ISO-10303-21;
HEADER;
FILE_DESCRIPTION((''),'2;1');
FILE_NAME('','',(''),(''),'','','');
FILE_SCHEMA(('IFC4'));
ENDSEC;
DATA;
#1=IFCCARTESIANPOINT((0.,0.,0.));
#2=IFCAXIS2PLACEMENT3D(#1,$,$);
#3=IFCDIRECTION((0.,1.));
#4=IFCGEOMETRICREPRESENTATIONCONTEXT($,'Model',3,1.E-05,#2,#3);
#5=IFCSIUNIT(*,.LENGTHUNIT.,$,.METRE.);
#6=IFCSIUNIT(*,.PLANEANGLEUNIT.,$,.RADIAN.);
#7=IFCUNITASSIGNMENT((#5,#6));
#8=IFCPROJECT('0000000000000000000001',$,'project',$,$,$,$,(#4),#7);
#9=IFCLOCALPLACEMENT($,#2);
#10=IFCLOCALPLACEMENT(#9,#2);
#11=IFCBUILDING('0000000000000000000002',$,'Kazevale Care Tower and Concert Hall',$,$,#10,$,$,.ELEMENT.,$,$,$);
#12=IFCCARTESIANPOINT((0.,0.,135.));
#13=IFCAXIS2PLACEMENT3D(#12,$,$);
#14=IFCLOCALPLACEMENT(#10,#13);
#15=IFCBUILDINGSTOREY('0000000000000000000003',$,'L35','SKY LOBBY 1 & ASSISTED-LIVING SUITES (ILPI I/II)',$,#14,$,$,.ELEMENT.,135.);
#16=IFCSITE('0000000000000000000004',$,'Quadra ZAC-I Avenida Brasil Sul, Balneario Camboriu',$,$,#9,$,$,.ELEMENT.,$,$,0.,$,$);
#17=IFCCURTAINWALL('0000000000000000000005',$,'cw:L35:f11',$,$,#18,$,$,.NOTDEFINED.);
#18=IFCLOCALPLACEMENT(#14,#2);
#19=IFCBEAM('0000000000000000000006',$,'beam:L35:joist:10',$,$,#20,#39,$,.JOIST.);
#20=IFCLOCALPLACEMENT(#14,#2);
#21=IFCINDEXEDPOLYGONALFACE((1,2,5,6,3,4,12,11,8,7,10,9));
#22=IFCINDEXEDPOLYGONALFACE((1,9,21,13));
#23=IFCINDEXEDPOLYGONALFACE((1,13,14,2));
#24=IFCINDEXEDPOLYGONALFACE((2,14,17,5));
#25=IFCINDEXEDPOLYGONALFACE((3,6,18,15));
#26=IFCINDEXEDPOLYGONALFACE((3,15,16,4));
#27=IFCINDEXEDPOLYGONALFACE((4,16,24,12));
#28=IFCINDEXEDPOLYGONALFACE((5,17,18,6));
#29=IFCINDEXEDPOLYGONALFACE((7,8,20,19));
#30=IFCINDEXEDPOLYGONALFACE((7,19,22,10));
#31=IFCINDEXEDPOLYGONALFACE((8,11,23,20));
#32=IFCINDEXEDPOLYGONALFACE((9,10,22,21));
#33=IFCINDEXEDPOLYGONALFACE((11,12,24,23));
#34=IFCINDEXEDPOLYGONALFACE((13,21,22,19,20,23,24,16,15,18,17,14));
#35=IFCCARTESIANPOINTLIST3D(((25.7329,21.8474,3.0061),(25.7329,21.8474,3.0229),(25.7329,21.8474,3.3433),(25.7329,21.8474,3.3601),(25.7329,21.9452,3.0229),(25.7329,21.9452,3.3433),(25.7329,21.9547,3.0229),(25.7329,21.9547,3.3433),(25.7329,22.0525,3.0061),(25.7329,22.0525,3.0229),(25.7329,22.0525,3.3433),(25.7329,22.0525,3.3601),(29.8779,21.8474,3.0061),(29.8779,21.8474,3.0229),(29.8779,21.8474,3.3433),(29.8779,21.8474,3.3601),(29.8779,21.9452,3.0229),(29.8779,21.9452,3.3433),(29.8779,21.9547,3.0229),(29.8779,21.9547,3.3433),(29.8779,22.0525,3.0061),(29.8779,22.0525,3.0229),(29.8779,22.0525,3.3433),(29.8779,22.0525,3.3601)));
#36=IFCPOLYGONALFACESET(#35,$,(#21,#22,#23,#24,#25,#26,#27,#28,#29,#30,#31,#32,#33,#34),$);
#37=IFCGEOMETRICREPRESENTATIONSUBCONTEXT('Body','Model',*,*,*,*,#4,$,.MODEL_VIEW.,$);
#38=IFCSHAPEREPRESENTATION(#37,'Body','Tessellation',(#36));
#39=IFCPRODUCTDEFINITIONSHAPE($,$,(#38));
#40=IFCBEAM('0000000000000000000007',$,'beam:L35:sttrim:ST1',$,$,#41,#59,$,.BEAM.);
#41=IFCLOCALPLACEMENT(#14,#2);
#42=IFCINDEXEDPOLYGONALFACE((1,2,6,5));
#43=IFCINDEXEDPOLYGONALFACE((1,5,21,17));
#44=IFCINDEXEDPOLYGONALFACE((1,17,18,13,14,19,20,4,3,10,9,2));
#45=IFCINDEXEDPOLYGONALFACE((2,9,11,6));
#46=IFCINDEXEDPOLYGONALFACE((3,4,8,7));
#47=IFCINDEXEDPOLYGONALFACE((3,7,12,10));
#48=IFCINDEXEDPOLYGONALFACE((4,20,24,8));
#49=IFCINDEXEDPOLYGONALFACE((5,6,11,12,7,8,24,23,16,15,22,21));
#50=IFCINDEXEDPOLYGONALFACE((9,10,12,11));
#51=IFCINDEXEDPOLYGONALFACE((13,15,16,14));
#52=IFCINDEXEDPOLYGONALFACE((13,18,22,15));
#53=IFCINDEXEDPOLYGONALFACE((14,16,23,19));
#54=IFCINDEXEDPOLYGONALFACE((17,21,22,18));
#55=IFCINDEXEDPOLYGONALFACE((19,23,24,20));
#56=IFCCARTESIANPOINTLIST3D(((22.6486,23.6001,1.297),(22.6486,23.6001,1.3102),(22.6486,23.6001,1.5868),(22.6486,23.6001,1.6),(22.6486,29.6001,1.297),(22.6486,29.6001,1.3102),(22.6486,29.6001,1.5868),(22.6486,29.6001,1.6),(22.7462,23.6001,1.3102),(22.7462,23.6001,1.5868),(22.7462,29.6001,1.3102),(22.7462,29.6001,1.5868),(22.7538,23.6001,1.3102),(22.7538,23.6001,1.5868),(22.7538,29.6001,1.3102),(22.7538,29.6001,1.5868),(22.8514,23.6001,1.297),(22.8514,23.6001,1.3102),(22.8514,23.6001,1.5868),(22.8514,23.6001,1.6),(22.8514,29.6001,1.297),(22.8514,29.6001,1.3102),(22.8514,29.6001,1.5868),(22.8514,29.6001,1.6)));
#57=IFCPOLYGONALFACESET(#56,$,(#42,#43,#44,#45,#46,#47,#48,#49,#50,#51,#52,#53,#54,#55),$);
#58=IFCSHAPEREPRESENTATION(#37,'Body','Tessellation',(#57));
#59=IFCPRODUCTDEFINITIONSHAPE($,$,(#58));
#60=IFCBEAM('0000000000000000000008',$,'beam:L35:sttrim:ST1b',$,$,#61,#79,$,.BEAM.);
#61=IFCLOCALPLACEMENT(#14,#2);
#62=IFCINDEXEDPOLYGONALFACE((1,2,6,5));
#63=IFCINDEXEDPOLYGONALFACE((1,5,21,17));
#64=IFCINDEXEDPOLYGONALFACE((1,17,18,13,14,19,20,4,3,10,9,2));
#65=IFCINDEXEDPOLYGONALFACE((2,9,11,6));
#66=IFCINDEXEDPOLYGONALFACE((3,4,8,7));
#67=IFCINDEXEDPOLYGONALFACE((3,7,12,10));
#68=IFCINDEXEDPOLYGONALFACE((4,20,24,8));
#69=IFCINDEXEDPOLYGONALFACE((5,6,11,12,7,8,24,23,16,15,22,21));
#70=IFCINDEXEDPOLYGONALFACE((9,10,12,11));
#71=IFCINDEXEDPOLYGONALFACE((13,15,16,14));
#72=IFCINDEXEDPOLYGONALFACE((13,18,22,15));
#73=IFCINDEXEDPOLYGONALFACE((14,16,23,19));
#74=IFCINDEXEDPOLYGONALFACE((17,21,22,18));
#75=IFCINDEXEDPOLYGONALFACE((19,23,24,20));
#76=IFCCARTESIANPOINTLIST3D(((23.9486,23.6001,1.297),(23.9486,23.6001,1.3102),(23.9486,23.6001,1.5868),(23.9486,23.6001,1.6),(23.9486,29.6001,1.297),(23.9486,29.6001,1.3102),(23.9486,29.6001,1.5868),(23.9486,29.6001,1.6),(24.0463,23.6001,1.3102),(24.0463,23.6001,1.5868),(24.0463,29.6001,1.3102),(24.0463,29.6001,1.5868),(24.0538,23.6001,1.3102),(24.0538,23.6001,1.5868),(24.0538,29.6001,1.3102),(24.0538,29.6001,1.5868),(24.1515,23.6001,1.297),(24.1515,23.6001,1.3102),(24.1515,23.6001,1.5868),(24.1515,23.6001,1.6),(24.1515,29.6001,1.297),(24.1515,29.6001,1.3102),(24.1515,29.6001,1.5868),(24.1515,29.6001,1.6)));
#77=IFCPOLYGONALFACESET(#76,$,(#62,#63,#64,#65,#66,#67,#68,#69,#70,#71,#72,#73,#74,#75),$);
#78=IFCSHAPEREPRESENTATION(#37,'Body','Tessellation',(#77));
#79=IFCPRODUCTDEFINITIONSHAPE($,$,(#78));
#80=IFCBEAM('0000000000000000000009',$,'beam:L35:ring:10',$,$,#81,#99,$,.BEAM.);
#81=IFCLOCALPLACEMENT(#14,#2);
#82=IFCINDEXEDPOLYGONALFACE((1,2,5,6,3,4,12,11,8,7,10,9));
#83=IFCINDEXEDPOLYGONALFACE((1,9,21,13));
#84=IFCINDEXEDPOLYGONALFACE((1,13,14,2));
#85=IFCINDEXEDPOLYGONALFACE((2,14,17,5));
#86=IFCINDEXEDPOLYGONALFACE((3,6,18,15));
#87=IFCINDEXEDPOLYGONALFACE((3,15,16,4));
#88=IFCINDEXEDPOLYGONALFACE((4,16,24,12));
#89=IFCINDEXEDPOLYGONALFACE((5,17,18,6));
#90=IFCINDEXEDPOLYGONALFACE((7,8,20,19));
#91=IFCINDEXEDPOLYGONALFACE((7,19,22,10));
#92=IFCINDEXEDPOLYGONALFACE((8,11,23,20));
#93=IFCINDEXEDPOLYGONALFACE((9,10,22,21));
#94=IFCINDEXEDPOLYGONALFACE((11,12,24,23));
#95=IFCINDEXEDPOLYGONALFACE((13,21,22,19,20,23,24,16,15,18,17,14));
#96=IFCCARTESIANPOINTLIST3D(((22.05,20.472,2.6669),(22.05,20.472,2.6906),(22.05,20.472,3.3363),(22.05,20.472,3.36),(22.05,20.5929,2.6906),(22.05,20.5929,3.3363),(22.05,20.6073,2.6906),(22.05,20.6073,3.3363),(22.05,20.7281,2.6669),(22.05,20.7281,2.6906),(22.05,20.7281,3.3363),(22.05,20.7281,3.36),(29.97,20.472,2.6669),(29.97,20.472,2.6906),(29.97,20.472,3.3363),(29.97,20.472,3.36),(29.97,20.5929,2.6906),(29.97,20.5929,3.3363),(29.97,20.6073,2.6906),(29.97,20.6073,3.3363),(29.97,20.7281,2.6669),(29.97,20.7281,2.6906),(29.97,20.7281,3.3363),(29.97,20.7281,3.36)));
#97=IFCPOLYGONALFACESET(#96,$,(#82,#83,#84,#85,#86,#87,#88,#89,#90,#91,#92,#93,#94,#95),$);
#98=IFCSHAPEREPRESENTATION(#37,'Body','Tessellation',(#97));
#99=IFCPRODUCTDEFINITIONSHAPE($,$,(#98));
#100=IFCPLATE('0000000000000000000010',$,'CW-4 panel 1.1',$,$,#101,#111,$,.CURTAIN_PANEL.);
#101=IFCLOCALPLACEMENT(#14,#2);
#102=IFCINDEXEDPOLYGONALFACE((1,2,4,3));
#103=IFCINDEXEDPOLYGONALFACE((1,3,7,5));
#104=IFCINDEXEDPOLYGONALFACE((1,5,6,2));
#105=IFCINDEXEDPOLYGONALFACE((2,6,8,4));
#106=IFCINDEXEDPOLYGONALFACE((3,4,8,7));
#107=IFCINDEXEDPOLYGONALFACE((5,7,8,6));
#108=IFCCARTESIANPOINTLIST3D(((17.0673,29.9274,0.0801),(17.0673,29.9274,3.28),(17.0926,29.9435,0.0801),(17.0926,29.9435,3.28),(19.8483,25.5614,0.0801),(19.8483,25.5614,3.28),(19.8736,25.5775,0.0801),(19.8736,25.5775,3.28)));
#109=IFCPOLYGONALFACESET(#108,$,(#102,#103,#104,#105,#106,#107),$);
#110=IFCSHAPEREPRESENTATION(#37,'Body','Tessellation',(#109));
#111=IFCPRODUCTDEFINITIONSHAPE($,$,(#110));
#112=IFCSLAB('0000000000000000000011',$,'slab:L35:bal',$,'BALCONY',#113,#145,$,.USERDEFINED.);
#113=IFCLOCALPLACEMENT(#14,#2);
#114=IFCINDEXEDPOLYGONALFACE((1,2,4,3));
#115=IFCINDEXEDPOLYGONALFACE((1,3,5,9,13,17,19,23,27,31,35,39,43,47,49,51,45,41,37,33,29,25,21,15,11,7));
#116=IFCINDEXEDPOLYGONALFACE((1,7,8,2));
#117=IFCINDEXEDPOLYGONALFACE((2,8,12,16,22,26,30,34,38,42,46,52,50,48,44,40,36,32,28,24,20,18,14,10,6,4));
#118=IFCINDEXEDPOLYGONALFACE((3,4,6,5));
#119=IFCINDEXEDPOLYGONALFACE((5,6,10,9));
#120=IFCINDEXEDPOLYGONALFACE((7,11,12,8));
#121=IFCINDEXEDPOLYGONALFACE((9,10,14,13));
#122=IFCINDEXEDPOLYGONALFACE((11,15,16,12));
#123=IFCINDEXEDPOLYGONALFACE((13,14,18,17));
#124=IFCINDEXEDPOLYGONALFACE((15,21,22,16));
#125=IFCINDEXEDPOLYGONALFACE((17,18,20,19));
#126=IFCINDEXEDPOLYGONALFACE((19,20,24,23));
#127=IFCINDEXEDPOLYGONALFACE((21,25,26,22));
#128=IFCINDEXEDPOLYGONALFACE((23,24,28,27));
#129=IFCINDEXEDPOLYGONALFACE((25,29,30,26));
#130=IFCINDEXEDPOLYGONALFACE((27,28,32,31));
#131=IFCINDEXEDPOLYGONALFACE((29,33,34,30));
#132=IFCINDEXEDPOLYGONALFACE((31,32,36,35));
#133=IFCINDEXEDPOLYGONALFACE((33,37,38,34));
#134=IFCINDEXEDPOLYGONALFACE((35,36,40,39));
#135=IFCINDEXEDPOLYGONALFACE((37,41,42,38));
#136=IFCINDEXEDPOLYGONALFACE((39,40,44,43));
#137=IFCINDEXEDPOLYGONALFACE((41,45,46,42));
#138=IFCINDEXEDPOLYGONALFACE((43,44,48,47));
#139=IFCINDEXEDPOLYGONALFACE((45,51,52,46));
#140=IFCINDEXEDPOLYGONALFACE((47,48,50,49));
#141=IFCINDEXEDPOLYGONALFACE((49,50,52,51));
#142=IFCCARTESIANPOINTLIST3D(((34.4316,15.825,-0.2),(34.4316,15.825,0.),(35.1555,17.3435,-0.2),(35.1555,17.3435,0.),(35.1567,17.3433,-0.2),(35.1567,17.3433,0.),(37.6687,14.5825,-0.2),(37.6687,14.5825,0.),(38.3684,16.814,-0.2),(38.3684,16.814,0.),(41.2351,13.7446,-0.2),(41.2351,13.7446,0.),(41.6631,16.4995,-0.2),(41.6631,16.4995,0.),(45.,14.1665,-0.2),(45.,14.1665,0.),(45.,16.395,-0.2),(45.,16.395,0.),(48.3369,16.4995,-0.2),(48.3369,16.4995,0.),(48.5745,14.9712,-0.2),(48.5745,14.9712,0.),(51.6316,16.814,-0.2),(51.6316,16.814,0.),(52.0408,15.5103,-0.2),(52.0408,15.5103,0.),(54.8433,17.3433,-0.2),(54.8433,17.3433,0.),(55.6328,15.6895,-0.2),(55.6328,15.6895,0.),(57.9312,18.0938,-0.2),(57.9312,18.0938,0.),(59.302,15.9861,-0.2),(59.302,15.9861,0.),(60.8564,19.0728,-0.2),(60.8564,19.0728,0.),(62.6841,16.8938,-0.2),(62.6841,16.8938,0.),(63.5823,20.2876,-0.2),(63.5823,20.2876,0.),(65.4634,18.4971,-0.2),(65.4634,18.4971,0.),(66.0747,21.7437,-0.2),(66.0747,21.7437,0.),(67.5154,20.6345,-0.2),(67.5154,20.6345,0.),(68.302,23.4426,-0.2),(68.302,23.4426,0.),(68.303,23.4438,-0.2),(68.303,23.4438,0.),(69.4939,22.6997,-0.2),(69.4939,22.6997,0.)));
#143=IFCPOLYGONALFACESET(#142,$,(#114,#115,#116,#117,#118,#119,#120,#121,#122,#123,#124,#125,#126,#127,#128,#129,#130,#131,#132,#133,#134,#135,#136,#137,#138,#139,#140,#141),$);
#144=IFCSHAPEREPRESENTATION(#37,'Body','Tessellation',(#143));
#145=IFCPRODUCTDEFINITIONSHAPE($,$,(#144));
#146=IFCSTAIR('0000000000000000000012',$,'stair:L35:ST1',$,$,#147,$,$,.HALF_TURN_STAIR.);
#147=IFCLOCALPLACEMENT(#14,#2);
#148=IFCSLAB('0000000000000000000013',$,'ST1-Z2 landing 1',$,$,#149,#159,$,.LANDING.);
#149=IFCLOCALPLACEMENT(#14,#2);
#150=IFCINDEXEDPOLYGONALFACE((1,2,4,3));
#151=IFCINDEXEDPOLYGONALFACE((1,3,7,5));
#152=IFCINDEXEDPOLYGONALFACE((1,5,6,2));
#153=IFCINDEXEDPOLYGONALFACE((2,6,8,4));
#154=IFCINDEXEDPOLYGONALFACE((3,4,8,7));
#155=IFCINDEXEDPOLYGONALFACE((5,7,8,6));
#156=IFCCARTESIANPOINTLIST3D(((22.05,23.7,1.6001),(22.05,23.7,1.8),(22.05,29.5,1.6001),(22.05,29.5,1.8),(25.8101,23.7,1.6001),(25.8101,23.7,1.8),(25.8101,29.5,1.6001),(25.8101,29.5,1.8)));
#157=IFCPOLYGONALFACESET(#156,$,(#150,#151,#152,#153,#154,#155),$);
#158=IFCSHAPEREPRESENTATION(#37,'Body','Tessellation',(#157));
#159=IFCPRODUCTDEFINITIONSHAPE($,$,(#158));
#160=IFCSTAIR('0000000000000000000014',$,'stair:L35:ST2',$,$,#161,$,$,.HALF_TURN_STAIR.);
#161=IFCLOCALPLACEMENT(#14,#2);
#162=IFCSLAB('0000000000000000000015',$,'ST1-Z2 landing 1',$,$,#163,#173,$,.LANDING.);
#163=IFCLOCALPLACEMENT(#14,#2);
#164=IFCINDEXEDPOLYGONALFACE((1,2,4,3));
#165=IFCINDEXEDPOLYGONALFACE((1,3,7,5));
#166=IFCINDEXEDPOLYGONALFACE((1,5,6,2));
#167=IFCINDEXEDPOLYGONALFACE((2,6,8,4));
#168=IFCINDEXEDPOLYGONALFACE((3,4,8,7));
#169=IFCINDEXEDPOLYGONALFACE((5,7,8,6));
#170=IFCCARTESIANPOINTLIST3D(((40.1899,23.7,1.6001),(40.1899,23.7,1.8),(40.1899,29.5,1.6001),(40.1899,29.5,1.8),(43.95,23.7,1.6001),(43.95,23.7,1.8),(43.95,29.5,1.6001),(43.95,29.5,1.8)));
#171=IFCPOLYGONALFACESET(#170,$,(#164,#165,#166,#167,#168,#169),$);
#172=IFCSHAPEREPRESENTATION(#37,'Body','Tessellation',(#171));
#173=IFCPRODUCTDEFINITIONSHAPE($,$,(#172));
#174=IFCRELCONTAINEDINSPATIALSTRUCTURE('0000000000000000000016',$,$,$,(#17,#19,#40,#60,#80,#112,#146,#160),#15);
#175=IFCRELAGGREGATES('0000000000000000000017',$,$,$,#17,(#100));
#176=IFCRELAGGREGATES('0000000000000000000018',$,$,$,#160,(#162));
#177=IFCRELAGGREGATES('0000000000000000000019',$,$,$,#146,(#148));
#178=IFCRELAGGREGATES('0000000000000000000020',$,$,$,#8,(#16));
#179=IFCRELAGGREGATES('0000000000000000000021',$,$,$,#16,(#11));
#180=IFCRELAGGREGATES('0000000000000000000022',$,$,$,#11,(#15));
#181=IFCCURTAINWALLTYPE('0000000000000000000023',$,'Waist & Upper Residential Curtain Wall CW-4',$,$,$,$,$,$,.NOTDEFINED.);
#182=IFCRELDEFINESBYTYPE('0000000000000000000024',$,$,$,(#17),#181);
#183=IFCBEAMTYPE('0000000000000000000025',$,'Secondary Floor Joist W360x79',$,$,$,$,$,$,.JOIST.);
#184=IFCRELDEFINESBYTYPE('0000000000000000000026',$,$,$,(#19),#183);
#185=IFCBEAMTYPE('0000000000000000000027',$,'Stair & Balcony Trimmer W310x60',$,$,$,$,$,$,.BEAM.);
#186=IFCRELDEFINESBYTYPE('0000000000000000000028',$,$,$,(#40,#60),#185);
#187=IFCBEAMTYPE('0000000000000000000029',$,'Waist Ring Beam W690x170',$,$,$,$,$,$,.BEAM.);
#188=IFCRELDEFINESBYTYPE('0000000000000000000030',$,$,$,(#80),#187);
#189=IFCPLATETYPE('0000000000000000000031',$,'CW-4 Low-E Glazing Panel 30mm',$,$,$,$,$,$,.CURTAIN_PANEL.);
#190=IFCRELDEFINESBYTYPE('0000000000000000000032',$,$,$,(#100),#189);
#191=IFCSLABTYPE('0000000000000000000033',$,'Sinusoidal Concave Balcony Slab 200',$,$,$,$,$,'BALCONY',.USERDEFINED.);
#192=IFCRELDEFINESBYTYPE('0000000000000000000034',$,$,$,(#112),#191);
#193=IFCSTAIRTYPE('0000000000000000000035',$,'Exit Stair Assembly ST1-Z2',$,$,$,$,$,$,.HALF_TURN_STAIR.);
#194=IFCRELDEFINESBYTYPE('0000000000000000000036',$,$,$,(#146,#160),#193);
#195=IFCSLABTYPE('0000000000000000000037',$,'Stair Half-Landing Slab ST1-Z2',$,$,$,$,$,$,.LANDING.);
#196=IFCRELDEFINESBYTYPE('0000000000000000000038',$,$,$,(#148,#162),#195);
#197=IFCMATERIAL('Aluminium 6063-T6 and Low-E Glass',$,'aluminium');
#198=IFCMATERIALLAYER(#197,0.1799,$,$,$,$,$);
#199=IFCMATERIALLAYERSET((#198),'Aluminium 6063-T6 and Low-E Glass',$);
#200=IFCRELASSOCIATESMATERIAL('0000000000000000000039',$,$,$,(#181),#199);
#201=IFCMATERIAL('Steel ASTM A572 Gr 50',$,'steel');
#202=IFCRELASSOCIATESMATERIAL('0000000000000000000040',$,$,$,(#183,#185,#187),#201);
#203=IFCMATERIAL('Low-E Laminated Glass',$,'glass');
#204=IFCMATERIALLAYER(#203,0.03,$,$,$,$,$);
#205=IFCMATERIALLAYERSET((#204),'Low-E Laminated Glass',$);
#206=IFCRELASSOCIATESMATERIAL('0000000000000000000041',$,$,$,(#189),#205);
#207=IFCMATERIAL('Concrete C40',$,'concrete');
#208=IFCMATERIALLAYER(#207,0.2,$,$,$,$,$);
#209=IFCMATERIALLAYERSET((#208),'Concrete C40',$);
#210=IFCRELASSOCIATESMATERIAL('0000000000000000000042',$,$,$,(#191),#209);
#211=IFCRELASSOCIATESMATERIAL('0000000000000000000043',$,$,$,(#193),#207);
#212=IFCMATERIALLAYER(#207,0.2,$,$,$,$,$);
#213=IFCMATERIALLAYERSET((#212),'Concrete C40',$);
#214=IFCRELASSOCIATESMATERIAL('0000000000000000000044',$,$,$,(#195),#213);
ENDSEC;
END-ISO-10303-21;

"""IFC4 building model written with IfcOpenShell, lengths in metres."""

from ifc_helpers import new_model, si_unit, direction, frame, origin, origin_2d, place, context, subcontext, project, spatial, polyline, rectangle, i_section, outline, extrude, material, layer, layer_set, material_profile, profile_set, type_object, element, aggregate, save


model = new_model("IFC4")

# Units and contexts
model_context = context("Model", 3, precision=1e-05, world=origin(), true_north=direction((0.0, 1.0)))
body_context = subcontext(model_context, "Body", "Model", "MODEL_VIEW")
ifc_project = project(units=[si_unit("LENGTHUNIT", "METRE"), si_unit("PLANEANGLEUNIT", "RADIAN")], contexts=[model_context])

# Site, building, storey
site_placement = place(None, origin())
site = spatial("IfcSite", under=ifc_project, at=site_placement, Name="Quadra ZAC-I Avenida Brasil Sul, Balneario Camboriu", CompositionType="ELEMENT", RefElevation=0.0)
building_placement = place(site_placement, origin())
building = spatial("IfcBuilding", under=site, at=building_placement, Name="Kazevale Care Tower and Concert Hall", CompositionType="ELEMENT")
storey_placement = place(building_placement, frame((0.0, 0.0, 135.0)))
storey = spatial("IfcBuildingStorey", under=building, at=storey_placement, Name="L35", Description="SKY LOBBY 1 & ASSISTED-LIVING SUITES (ILPI I/II)", CompositionType="ELEMENT", Elevation=135.0)

# Curtain wall
ifc_material_1 = material(Name="Aluminium 6063-T6 and Low-E Glass", Category="aluminium")
ifc_layer_1 = layer(ifc_material_1, 0.1799)
ifc_layer_set_1 = layer_set([ifc_layer_1], Name="Aluminium 6063-T6 and Low-E Glass")
curtain_wall_type_1 = type_object("IfcCurtainWallType", Name="Waist & Upper Residential Curtain Wall CW-4", PredefinedType="NOTDEFINED", material=ifc_layer_set_1)
curtain_wall_1_placement = place(storey_placement, origin())
curtain_wall_1 = element("IfcCurtainWall", 1, at=curtain_wall_1_placement, inside=storey, type_object=curtain_wall_type_1, Name="cw:L35:f11", PredefinedType="NOTDEFINED")

# Beams
ifc_material_2 = material(Name="Steel ASTM A572 Gr 50", Category="steel")
ifc_material_profile_1 = material_profile(ifc_material_2, i_section(OverallWidth=0.2051, OverallDepth=0.354, WebThickness=0.0095, FlangeThickness=0.0168, at=origin_2d()), Name="W360x79")
ifc_profile_set_1 = profile_set([ifc_material_profile_1], Name="Steel ASTM A572 Gr 50")
beam_type_1 = type_object("IfcBeamType", Name="Secondary Floor Joist W360x79", PredefinedType="JOIST", material=ifc_profile_set_1)
beam_1_placement = place(storey_placement, frame((25.7329, 21.95, 3.1831), z_axis=(1.0, 0.0, 0.0), x_axis=(0.0, 1.0, 0.0)))
element("IfcBeam", 2, at=beam_1_placement, inside=storey, type_object=beam_type_1, Name="beam:L35:joist:10", PredefinedType="JOIST", context=body_context, shape_type="SweptSolid", body=[
    extrude(i_section(OverallWidth=0.2051, OverallDepth=0.354, WebThickness=0.0095, FlangeThickness=0.0168, at=origin_2d()), origin(), (0.0, 0.0, 1.0), 4.145),
])
ifc_material_profile_2 = material_profile(ifc_material_2, i_section(OverallWidth=0.2029, OverallDepth=0.303, WebThickness=0.0076, FlangeThickness=0.0132, at=origin_2d()), Name="W310x60")
ifc_profile_set_2 = profile_set([ifc_material_profile_2], Name="Steel ASTM A572 Gr 50")
beam_type_2 = type_object("IfcBeamType", Name="Stair & Balcony Trimmer W310x60", PredefinedType="BEAM", material=ifc_profile_set_2)
for number, where, z_axis, x_axis, name in (
    (3, (22.75, 23.6001, 1.4485), (0.0, 1.0, 0.0), (-1.0, 0.0, 0.0), "beam:L35:sttrim:ST1"),
    (4, (24.05, 23.6001, 1.4485), (0.0, 1.0, 0.0), (-1.0, 0.0, 0.0), "beam:L35:sttrim:ST1b"),
):
    element("IfcBeam", number, at=place(storey_placement, frame(where, z_axis=z_axis, x_axis=x_axis)), inside=storey, type_object=beam_type_2, Name=name, PredefinedType="BEAM", context=body_context, shape_type="SweptSolid", body=[
        extrude(i_section(OverallWidth=0.2029, OverallDepth=0.303, WebThickness=0.0076, FlangeThickness=0.0132, at=origin_2d()), origin(), (0.0, 0.0, 1.0), 6.0),
    ])
ifc_material_profile_3 = material_profile(ifc_material_2, i_section(OverallWidth=0.2561, OverallDepth=0.6931, WebThickness=0.0144, FlangeThickness=0.0237, at=origin_2d()), Name="W690x170")
ifc_profile_set_3 = profile_set([ifc_material_profile_3], Name="Steel ASTM A572 Gr 50")
beam_type_3 = type_object("IfcBeamType", Name="Waist Ring Beam W690x170", PredefinedType="BEAM", material=ifc_profile_set_3)
beam_2_placement = place(storey_placement, frame((22.05, 20.6001, 3.0134), z_axis=(1.0, 0.0, 0.0), x_axis=(0.0, 1.0, 0.0)))
element("IfcBeam", 5, at=beam_2_placement, inside=storey, type_object=beam_type_3, Name="beam:L35:ring:10", PredefinedType="BEAM", context=body_context, shape_type="SweptSolid", body=[
    extrude(i_section(OverallWidth=0.2561, OverallDepth=0.6931, WebThickness=0.0144, FlangeThickness=0.0237, at=origin_2d()), origin(), (0.0, 0.0, 1.0), 7.9199),
])

# Plate
ifc_material_3 = material(Name="Low-E Laminated Glass", Category="glass")
ifc_layer_2 = layer(ifc_material_3, 0.03)
ifc_layer_set_2 = layer_set([ifc_layer_2], Name="Low-E Laminated Glass")
plate_type = type_object("IfcPlateType", Name="CW-4 Low-E Glazing Panel 30mm", PredefinedType="CURTAIN_PANEL", material=ifc_layer_set_2)
plate_placement = place(storey_placement, frame((18.4705, 27.7524, 0.0801), z_axis=(0.0, 0.0, 1.0), x_axis=(-0.537239, 0.84343, 0.0)))
plate = element("IfcPlate", 6, at=plate_placement, type_object=plate_type, Name="CW-4 panel 1.1", PredefinedType="CURTAIN_PANEL", context=body_context, shape_type="SweptSolid", body=[
    extrude(rectangle(XDim=5.1765, YDim=0.03, at=origin_2d()), origin(), (0.0, 0.0, 1.0), 3.2),
])
aggregate(curtain_wall_1, [plate])

# Slab
ifc_material_4 = material(Name="Concrete C40", Category="concrete")
ifc_layer_3 = layer(ifc_material_4, 0.2)
ifc_layer_set_3 = layer_set([ifc_layer_3], Name="Concrete C40")
slab_type_1 = type_object("IfcSlabType", Name="Sinusoidal Concave Balcony Slab 200", ElementType="BALCONY", PredefinedType="USERDEFINED", material=ifc_layer_set_3)
slab_1_placement = place(storey_placement, frame((0.0, 0.0, -0.2)))
element("IfcSlab", 7, at=slab_1_placement, inside=storey, type_object=slab_type_1, Name="slab:L35:bal", ObjectType="BALCONY", PredefinedType="USERDEFINED", context=body_context, shape_type="SweptSolid", body=[
    extrude(outline(polyline([(69.4939, 22.6997), (67.5154, 20.6345), (65.4634, 18.4971), (62.6841, 16.8938), (59.302, 15.9861), (55.6328, 15.6895), (52.0408, 15.5103), (48.5745, 14.9712), (45.0, 14.1665), (41.2351, 13.7446), (37.6687, 14.5825), (34.4316, 15.825), (35.1555, 17.3435), (35.1567, 17.3433), (38.3684, 16.814), (41.6631, 16.4995), (45.0, 16.395), (48.3369, 16.4995), (51.6316, 16.814), (54.8433, 17.3433), (57.9312, 18.0938), (60.8564, 19.0728), (63.5823, 20.2876), (66.0747, 21.7437), (68.302, 23.4426), (68.303, 23.4438), (69.4939, 22.6997)])), origin(), (0.0, 0.0, 1.0), 0.2),
])

# Stairs, slabs
stair_type = type_object("IfcStairType", Name="Exit Stair Assembly ST1-Z2", PredefinedType="HALF_TURN_STAIR", material=ifc_material_4)
stair_1_placement = place(storey_placement, origin())
stair_1 = element("IfcStair", 8, at=stair_1_placement, inside=storey, type_object=stair_type, Name="stair:L35:ST1", PredefinedType="HALF_TURN_STAIR")
ifc_layer_4 = layer(ifc_material_4, 0.2)
ifc_layer_set_4 = layer_set([ifc_layer_4], Name="Concrete C40")
slab_type_2 = type_object("IfcSlabType", Name="Stair Half-Landing Slab ST1-Z2", PredefinedType="LANDING", material=ifc_layer_set_4)
slab_2_placement = place(storey_placement, frame((0.0, 0.0, 1.6001)))
slab_2 = element("IfcSlab", 9, at=slab_2_placement, type_object=slab_type_2, Name="ST1-Z2 landing 1", PredefinedType="LANDING", context=body_context, shape_type="SweptSolid", body=[
    extrude(outline(polyline([(22.05, 23.7), (25.8101, 23.7), (25.8101, 29.5), (22.05, 29.5), (22.05, 23.7)])), origin(), (0.0, 0.0, 1.0), 0.2),
])
stair_2_placement = place(storey_placement, origin())
stair_2 = element("IfcStair", 10, at=stair_2_placement, inside=storey, type_object=stair_type, Name="stair:L35:ST2", PredefinedType="HALF_TURN_STAIR")
slab_3_placement = place(storey_placement, frame((0.0, 0.0, 1.6001)))
slab_3 = element("IfcSlab", 11, at=slab_3_placement, type_object=slab_type_2, Name="ST1-Z2 landing 1", PredefinedType="LANDING", context=body_context, shape_type="SweptSolid", body=[
    extrude(outline(polyline([(40.1899, 23.7), (43.95, 23.7), (43.95, 29.5), (40.1899, 29.5), (40.1899, 23.7)])), origin(), (0.0, 0.0, 1.0), 0.2),
])
aggregate(stair_2, [slab_3])

aggregate(stair_1, [slab_2])

save(model, "model.ifc")
